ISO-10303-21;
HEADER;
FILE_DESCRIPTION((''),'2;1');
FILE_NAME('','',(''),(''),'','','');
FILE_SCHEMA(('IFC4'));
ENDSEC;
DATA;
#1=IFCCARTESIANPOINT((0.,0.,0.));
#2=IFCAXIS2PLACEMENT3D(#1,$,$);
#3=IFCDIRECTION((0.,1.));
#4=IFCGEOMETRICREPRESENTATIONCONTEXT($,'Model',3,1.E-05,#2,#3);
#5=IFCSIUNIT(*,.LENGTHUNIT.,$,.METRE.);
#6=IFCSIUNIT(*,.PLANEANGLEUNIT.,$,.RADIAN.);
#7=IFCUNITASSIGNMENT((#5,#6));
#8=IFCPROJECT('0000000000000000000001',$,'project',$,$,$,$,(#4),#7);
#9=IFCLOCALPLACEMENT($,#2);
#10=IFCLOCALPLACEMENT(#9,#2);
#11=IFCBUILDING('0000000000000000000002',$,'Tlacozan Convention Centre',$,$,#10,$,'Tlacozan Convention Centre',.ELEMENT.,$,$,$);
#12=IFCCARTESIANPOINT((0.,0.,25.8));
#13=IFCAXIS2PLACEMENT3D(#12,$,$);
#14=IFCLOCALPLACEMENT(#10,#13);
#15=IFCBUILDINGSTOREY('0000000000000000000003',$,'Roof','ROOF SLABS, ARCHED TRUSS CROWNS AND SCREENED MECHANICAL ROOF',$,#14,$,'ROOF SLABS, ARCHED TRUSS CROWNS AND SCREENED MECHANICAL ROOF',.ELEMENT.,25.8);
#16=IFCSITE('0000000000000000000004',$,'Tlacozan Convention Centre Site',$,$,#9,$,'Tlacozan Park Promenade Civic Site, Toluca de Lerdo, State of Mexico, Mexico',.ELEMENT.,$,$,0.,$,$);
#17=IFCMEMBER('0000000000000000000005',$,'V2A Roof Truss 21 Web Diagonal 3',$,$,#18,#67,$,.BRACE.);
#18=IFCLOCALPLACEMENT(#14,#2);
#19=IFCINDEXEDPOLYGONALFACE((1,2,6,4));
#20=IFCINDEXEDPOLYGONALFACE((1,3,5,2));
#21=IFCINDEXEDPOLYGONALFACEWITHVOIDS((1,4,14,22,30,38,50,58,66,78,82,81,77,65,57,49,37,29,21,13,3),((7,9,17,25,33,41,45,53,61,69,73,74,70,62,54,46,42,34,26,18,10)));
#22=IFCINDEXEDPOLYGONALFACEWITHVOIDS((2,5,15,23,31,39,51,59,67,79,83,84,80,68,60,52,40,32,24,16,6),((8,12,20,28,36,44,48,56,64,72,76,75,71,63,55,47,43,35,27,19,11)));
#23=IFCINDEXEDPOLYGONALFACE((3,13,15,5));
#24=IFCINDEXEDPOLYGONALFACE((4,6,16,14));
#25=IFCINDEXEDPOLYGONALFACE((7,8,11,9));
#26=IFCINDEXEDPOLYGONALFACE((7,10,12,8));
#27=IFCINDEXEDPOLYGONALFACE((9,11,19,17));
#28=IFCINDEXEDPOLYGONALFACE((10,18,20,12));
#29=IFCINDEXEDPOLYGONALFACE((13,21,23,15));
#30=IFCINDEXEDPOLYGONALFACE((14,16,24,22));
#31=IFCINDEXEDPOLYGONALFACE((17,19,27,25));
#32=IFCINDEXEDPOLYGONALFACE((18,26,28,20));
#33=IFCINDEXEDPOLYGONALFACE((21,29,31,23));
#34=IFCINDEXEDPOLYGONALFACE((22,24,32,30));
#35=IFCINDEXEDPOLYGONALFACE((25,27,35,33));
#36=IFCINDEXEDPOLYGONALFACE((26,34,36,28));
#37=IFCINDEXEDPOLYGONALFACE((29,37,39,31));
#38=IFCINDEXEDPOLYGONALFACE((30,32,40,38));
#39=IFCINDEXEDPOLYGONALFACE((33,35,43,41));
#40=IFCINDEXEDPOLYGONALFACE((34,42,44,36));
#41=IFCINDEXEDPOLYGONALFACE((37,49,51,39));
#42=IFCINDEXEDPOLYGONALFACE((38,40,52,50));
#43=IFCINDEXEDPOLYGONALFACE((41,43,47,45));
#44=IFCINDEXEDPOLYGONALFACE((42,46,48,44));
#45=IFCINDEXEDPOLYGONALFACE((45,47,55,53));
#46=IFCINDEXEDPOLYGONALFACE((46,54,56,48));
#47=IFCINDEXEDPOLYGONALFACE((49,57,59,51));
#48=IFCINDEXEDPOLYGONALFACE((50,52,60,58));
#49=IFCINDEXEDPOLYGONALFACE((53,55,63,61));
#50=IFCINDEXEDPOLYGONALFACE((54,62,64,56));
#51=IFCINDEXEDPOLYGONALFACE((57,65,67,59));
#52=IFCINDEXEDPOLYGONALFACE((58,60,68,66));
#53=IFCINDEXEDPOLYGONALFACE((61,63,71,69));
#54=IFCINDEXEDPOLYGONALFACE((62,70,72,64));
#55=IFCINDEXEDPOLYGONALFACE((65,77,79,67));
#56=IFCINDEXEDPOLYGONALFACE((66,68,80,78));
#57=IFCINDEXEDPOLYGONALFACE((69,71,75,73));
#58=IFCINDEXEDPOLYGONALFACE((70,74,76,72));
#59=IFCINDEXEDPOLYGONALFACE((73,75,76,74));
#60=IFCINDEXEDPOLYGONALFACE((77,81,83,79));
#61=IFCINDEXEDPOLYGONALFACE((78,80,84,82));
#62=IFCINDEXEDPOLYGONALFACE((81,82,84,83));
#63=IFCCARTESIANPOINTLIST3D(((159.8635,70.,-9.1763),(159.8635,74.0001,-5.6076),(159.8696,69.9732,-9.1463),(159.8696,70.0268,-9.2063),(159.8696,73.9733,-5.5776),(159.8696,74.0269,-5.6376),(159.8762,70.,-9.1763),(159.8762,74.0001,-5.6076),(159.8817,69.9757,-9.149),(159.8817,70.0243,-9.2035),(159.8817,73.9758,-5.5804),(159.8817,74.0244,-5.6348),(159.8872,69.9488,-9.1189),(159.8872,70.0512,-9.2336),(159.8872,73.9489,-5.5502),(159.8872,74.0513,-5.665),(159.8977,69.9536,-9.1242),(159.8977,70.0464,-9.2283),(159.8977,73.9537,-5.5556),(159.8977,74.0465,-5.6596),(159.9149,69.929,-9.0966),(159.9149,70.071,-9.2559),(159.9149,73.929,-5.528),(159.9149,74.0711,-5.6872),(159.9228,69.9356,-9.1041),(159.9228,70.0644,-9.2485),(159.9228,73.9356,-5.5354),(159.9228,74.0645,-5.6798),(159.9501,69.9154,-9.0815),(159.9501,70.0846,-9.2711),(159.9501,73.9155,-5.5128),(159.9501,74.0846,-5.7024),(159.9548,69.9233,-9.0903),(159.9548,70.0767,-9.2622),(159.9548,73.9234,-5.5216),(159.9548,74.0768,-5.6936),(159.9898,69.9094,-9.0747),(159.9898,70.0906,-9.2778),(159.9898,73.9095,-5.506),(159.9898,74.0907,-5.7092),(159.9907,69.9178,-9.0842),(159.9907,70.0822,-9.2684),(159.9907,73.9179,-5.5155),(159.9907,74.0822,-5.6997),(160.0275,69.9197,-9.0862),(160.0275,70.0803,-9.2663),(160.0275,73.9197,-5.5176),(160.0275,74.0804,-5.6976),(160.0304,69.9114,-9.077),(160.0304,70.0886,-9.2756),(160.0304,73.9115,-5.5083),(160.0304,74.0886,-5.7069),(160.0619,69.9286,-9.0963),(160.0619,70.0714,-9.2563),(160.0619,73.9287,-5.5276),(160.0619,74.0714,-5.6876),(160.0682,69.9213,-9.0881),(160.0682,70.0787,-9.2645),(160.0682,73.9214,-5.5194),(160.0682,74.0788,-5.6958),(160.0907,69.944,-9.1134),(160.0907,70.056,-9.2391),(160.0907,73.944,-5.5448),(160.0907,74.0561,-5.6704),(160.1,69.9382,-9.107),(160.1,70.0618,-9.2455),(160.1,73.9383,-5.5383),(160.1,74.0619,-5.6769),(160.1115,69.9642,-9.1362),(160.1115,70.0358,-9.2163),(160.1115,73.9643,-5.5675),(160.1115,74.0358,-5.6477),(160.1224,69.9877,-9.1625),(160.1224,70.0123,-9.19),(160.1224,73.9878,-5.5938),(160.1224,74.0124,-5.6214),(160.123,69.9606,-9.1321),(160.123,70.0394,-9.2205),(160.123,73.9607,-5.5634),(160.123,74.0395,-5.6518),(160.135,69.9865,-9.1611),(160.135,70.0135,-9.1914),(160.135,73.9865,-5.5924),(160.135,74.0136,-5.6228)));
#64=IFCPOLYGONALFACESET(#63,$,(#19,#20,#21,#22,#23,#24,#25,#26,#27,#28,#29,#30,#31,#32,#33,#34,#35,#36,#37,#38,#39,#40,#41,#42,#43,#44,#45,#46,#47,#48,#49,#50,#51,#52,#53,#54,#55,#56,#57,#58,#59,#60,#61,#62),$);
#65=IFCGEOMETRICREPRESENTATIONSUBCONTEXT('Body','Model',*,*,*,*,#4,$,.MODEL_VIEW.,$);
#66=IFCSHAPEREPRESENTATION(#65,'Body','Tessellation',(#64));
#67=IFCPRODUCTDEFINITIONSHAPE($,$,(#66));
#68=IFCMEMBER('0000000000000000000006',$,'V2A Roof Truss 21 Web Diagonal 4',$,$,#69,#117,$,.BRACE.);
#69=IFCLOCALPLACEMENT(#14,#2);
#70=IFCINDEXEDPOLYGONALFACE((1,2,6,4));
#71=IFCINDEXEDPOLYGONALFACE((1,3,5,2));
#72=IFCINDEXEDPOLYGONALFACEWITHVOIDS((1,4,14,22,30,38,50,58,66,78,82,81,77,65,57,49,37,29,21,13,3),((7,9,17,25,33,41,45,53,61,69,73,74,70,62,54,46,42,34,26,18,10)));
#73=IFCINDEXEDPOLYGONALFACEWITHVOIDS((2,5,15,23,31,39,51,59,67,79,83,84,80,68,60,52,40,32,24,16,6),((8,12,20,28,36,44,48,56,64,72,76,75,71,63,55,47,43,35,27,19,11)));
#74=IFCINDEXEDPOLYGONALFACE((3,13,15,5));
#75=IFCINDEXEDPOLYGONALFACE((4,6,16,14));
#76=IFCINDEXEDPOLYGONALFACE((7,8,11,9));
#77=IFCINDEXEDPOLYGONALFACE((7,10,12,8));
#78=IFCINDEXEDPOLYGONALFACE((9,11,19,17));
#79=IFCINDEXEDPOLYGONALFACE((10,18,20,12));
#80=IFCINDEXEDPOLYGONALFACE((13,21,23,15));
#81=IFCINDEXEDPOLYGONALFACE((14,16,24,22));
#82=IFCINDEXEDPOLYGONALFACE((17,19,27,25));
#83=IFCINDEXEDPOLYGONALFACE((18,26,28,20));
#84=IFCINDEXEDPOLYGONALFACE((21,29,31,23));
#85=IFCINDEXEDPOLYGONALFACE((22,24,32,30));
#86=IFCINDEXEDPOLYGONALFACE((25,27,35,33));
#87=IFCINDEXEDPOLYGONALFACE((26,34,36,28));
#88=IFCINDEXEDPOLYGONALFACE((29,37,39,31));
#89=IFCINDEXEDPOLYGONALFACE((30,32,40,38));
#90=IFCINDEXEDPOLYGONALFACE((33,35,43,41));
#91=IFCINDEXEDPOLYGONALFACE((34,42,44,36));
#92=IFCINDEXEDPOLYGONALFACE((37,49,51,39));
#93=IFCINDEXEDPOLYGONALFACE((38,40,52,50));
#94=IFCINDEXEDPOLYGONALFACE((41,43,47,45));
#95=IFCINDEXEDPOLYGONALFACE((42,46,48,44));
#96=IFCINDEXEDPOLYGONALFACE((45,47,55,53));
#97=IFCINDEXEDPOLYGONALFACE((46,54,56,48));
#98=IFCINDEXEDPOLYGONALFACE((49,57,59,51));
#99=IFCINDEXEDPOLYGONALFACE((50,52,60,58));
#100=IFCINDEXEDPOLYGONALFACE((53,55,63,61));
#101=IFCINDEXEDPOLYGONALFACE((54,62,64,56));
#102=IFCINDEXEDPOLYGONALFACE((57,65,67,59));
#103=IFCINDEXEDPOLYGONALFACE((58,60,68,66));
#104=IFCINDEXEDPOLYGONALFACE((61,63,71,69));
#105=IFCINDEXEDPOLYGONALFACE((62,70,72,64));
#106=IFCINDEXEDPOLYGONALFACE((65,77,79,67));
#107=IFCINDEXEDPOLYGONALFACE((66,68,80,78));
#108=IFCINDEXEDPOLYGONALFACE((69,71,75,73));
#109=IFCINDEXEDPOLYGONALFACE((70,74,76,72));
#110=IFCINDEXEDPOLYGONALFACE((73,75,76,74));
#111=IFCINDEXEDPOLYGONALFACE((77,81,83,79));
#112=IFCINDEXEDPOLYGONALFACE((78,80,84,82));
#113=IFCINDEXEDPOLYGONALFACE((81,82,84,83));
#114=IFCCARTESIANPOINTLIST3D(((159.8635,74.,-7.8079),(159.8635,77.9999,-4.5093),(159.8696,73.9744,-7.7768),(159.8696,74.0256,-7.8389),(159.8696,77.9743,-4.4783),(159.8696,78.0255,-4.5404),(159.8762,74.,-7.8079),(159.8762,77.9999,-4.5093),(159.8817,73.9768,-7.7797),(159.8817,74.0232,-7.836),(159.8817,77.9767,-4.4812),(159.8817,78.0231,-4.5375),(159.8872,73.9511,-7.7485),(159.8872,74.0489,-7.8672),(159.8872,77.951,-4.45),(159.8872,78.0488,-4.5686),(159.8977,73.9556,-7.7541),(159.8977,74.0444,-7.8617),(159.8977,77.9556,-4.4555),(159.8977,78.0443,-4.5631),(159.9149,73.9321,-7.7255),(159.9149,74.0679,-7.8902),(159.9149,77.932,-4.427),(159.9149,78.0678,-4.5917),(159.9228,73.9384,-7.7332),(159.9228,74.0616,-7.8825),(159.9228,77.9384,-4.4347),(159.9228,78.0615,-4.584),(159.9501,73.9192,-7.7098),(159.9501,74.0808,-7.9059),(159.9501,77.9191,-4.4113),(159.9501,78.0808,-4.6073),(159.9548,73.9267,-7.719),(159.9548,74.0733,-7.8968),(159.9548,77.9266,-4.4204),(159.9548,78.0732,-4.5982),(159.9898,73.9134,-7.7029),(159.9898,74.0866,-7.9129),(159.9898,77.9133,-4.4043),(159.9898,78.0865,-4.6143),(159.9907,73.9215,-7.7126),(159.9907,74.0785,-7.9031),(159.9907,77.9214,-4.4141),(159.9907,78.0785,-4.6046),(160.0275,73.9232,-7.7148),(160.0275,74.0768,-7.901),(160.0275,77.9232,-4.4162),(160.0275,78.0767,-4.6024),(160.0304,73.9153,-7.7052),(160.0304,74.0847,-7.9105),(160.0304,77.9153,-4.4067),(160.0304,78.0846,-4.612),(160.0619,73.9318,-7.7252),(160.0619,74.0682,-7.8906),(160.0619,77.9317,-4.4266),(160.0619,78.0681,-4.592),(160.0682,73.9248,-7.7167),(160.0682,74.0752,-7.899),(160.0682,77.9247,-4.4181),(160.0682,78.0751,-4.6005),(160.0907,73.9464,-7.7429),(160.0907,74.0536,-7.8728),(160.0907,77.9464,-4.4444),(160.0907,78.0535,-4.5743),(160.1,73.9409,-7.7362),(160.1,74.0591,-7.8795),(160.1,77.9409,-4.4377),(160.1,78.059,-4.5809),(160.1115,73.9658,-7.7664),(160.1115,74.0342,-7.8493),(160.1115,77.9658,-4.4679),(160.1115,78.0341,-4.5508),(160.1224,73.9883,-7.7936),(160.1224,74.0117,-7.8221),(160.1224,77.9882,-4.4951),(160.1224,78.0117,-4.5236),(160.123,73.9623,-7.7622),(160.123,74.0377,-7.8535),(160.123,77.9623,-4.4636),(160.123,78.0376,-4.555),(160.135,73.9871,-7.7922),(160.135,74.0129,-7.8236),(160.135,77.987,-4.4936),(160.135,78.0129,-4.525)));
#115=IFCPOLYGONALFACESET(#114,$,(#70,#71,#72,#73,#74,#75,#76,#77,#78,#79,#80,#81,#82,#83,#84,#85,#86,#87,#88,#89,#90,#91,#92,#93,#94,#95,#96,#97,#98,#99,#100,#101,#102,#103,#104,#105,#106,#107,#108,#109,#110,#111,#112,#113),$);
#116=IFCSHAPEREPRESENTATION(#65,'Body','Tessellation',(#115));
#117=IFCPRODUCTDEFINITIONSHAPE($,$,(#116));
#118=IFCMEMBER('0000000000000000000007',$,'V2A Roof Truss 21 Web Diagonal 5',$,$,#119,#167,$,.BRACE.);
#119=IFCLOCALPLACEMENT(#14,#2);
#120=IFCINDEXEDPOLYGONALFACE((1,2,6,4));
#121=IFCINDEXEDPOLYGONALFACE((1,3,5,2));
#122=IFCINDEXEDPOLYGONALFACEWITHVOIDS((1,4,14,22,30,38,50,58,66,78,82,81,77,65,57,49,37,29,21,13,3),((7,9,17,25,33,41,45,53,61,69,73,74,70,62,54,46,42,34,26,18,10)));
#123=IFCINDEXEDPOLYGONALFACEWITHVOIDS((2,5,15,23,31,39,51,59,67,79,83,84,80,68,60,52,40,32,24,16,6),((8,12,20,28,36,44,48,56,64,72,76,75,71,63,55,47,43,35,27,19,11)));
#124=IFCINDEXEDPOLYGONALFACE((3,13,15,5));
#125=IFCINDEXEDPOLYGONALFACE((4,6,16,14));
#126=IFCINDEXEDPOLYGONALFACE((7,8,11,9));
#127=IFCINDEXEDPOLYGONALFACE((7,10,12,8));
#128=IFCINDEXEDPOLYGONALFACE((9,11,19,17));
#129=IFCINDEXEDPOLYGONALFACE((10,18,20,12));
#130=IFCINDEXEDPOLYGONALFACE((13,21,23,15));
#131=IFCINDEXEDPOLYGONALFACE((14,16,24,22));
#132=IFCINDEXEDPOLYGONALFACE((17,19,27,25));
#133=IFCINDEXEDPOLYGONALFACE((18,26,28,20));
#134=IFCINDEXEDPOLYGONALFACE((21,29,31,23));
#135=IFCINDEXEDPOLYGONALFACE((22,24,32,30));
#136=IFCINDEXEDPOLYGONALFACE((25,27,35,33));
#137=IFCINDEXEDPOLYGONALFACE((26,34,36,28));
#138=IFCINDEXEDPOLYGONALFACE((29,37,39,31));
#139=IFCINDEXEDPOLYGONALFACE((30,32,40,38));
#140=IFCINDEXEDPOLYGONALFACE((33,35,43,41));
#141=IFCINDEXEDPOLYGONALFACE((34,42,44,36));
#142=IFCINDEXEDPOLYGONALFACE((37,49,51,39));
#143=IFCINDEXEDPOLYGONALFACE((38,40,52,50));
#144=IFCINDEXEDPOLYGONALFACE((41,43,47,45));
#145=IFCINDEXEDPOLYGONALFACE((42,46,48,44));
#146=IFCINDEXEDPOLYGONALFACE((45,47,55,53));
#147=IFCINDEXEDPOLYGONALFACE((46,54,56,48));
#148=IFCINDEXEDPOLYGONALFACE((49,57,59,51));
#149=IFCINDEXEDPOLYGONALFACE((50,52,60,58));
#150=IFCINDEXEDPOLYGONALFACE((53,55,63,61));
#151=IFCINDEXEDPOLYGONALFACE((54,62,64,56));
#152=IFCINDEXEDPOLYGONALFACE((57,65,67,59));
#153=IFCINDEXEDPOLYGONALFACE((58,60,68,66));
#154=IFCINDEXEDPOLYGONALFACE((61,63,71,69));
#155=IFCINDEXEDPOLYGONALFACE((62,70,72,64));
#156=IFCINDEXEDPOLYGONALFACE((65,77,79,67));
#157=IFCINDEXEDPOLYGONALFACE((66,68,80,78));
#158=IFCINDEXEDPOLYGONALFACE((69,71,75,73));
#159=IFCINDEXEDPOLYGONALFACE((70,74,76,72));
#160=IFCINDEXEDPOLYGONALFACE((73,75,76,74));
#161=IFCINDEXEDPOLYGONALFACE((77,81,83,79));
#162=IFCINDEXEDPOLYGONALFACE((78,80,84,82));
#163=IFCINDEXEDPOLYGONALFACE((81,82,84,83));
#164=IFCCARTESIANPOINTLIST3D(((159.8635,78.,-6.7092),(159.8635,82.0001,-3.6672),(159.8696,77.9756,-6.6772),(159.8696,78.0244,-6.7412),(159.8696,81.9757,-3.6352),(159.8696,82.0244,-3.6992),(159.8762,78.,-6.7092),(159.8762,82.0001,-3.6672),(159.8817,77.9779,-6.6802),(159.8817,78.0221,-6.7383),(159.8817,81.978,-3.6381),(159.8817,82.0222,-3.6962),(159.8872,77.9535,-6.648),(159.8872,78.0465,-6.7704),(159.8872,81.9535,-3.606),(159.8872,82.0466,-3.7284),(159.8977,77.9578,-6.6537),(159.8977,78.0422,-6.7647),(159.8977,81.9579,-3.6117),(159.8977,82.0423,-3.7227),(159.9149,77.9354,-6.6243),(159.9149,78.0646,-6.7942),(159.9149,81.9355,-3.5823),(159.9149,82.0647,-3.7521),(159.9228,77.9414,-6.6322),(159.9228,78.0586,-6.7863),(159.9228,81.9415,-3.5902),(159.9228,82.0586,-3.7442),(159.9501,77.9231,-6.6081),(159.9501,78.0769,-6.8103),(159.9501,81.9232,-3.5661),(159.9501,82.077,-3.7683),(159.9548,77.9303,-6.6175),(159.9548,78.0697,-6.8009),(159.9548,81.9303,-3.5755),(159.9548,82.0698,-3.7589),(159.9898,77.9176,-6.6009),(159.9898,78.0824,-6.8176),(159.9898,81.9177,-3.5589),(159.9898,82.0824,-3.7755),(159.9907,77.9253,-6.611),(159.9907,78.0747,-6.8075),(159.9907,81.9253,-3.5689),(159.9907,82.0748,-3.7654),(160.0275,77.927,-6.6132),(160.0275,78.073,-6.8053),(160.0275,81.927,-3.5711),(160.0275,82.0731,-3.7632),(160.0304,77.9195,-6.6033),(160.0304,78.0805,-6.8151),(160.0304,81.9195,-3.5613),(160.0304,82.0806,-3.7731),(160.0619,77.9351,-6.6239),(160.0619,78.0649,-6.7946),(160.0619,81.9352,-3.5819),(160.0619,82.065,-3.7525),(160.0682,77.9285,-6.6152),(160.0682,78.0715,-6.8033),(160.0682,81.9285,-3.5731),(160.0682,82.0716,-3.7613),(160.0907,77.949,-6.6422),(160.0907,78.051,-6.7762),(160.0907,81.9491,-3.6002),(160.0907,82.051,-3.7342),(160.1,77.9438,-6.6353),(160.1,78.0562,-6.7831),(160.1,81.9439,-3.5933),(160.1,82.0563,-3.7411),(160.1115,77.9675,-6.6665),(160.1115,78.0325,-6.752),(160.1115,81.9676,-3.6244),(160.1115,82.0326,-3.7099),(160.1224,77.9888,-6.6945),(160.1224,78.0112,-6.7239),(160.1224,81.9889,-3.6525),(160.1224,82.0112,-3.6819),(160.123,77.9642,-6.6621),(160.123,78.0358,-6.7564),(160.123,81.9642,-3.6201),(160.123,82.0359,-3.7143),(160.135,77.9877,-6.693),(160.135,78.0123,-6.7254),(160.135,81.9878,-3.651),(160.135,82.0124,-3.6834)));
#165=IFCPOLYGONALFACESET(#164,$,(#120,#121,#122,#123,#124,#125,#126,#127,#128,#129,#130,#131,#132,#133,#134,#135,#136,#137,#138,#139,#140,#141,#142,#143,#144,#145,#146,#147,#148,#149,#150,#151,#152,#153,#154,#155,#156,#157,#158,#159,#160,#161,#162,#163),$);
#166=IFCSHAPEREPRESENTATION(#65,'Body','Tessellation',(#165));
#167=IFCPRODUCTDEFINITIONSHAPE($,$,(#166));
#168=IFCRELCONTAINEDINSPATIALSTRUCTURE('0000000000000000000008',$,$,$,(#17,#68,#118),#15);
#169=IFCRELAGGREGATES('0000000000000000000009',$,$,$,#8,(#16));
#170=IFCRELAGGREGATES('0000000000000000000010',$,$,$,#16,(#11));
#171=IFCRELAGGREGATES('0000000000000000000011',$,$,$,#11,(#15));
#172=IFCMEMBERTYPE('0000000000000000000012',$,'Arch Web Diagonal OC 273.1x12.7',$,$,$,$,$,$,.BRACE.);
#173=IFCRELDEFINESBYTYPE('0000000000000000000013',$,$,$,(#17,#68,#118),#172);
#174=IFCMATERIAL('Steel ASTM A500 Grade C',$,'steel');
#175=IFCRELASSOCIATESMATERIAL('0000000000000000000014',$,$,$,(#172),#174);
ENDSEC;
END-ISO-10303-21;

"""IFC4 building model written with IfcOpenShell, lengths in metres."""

from ifc_helpers import new_model, si_unit, direction, frame, origin, origin_2d, place, context, subcontext, project, spatial, hollow_circle, extrude, material, material_profile, profile_set, type_object, element, save


model = new_model("IFC4")

# Units and contexts
model_context = context("Model", 3, precision=1e-05, world=origin(), true_north=direction((0.0, 1.0)))
body_context = subcontext(model_context, "Body", "Model", "MODEL_VIEW")
ifc_project = project(units=[si_unit("LENGTHUNIT", "METRE"), si_unit("PLANEANGLEUNIT", "RADIAN")], contexts=[model_context])

# Site, building, storey
site_placement = place(None, origin())
site = spatial("IfcSite", under=ifc_project, at=site_placement, Name="Tlacozan Convention Centre Site", LongName="Tlacozan Park Promenade Civic Site, Toluca de Lerdo, State of Mexico, Mexico", CompositionType="ELEMENT", RefElevation=0.0)
building_placement = place(site_placement, origin())
building = spatial("IfcBuilding", under=site, at=building_placement, Name="Tlacozan Convention Centre", LongName="Tlacozan Convention Centre", CompositionType="ELEMENT")
storey_placement = place(building_placement, frame((0.0, 0.0, 25.8)))
storey = spatial("IfcBuildingStorey", under=building, at=storey_placement, Name="Roof", Description="ROOF SLABS, ARCHED TRUSS CROWNS AND SCREENED MECHANICAL ROOF", LongName="ROOF SLABS, ARCHED TRUSS CROWNS AND SCREENED MECHANICAL ROOF", CompositionType="ELEMENT", Elevation=25.8)

# Members
ifc_material_1 = material(Name="Steel ASTM A500 Grade C", Category="steel")
ifc_material_profile_1 = material_profile(ifc_material_1, hollow_circle(Radius=0.1365, WallThickness=0.0127, at=origin_2d()), Name="OC 273.1x12.7")
ifc_profile_set_1 = profile_set([ifc_material_profile_1], Name="Steel ASTM A500 Grade C")
member_type_1 = type_object("IfcMemberType", Name="Arch Web Diagonal OC 273.1x12.7", PredefinedType="BRACE", material=ifc_profile_set_1)
member_1_placement = place(storey_placement, frame((160.0, 70.0, -9.1763), z_axis=(0.0, 0.746199, 0.665722), x_axis=(-1.0, 0.0, 0.0)))
element("IfcMember", 1, at=member_1_placement, inside=storey, type_object=member_type_1, Name="V2A Roof Truss 21 Web Diagonal 3", PredefinedType="BRACE", context=body_context, shape_type="SweptSolid", body=[
    extrude(hollow_circle(Radius=0.1365, WallThickness=0.0127, at=origin_2d()), origin(), (0.0, 0.0, 1.0), 5.3606),
])
member_2_placement = place(storey_placement, frame((160.0, 74.0, -7.8079), z_axis=(0.0, 0.771507, 0.63622), x_axis=(-1.0, 0.0, 0.0)))
element("IfcMember", 2, at=member_2_placement, inside=storey, type_object=member_type_1, Name="V2A Roof Truss 21 Web Diagonal 4", PredefinedType="BRACE", context=body_context, shape_type="SweptSolid", body=[
    extrude(hollow_circle(Radius=0.1365, WallThickness=0.0127, at=origin_2d()), origin(), (0.0, 0.0, 1.0), 5.1846),
])
member_3_placement = place(storey_placement, frame((160.0, 78.0, -6.7092), z_axis=(0.0, 0.795971, 0.605335), x_axis=(-1.0, 0.0, 0.0)))
element("IfcMember", 3, at=member_3_placement, inside=storey, type_object=member_type_1, Name="V2A Roof Truss 21 Web Diagonal 5", PredefinedType="BRACE", context=body_context, shape_type="SweptSolid", body=[
    extrude(hollow_circle(Radius=0.1365, WallThickness=0.0127, at=origin_2d()), origin(), (0.0, 0.0, 1.0), 5.0254),
])

save(model, "model.ifc")
